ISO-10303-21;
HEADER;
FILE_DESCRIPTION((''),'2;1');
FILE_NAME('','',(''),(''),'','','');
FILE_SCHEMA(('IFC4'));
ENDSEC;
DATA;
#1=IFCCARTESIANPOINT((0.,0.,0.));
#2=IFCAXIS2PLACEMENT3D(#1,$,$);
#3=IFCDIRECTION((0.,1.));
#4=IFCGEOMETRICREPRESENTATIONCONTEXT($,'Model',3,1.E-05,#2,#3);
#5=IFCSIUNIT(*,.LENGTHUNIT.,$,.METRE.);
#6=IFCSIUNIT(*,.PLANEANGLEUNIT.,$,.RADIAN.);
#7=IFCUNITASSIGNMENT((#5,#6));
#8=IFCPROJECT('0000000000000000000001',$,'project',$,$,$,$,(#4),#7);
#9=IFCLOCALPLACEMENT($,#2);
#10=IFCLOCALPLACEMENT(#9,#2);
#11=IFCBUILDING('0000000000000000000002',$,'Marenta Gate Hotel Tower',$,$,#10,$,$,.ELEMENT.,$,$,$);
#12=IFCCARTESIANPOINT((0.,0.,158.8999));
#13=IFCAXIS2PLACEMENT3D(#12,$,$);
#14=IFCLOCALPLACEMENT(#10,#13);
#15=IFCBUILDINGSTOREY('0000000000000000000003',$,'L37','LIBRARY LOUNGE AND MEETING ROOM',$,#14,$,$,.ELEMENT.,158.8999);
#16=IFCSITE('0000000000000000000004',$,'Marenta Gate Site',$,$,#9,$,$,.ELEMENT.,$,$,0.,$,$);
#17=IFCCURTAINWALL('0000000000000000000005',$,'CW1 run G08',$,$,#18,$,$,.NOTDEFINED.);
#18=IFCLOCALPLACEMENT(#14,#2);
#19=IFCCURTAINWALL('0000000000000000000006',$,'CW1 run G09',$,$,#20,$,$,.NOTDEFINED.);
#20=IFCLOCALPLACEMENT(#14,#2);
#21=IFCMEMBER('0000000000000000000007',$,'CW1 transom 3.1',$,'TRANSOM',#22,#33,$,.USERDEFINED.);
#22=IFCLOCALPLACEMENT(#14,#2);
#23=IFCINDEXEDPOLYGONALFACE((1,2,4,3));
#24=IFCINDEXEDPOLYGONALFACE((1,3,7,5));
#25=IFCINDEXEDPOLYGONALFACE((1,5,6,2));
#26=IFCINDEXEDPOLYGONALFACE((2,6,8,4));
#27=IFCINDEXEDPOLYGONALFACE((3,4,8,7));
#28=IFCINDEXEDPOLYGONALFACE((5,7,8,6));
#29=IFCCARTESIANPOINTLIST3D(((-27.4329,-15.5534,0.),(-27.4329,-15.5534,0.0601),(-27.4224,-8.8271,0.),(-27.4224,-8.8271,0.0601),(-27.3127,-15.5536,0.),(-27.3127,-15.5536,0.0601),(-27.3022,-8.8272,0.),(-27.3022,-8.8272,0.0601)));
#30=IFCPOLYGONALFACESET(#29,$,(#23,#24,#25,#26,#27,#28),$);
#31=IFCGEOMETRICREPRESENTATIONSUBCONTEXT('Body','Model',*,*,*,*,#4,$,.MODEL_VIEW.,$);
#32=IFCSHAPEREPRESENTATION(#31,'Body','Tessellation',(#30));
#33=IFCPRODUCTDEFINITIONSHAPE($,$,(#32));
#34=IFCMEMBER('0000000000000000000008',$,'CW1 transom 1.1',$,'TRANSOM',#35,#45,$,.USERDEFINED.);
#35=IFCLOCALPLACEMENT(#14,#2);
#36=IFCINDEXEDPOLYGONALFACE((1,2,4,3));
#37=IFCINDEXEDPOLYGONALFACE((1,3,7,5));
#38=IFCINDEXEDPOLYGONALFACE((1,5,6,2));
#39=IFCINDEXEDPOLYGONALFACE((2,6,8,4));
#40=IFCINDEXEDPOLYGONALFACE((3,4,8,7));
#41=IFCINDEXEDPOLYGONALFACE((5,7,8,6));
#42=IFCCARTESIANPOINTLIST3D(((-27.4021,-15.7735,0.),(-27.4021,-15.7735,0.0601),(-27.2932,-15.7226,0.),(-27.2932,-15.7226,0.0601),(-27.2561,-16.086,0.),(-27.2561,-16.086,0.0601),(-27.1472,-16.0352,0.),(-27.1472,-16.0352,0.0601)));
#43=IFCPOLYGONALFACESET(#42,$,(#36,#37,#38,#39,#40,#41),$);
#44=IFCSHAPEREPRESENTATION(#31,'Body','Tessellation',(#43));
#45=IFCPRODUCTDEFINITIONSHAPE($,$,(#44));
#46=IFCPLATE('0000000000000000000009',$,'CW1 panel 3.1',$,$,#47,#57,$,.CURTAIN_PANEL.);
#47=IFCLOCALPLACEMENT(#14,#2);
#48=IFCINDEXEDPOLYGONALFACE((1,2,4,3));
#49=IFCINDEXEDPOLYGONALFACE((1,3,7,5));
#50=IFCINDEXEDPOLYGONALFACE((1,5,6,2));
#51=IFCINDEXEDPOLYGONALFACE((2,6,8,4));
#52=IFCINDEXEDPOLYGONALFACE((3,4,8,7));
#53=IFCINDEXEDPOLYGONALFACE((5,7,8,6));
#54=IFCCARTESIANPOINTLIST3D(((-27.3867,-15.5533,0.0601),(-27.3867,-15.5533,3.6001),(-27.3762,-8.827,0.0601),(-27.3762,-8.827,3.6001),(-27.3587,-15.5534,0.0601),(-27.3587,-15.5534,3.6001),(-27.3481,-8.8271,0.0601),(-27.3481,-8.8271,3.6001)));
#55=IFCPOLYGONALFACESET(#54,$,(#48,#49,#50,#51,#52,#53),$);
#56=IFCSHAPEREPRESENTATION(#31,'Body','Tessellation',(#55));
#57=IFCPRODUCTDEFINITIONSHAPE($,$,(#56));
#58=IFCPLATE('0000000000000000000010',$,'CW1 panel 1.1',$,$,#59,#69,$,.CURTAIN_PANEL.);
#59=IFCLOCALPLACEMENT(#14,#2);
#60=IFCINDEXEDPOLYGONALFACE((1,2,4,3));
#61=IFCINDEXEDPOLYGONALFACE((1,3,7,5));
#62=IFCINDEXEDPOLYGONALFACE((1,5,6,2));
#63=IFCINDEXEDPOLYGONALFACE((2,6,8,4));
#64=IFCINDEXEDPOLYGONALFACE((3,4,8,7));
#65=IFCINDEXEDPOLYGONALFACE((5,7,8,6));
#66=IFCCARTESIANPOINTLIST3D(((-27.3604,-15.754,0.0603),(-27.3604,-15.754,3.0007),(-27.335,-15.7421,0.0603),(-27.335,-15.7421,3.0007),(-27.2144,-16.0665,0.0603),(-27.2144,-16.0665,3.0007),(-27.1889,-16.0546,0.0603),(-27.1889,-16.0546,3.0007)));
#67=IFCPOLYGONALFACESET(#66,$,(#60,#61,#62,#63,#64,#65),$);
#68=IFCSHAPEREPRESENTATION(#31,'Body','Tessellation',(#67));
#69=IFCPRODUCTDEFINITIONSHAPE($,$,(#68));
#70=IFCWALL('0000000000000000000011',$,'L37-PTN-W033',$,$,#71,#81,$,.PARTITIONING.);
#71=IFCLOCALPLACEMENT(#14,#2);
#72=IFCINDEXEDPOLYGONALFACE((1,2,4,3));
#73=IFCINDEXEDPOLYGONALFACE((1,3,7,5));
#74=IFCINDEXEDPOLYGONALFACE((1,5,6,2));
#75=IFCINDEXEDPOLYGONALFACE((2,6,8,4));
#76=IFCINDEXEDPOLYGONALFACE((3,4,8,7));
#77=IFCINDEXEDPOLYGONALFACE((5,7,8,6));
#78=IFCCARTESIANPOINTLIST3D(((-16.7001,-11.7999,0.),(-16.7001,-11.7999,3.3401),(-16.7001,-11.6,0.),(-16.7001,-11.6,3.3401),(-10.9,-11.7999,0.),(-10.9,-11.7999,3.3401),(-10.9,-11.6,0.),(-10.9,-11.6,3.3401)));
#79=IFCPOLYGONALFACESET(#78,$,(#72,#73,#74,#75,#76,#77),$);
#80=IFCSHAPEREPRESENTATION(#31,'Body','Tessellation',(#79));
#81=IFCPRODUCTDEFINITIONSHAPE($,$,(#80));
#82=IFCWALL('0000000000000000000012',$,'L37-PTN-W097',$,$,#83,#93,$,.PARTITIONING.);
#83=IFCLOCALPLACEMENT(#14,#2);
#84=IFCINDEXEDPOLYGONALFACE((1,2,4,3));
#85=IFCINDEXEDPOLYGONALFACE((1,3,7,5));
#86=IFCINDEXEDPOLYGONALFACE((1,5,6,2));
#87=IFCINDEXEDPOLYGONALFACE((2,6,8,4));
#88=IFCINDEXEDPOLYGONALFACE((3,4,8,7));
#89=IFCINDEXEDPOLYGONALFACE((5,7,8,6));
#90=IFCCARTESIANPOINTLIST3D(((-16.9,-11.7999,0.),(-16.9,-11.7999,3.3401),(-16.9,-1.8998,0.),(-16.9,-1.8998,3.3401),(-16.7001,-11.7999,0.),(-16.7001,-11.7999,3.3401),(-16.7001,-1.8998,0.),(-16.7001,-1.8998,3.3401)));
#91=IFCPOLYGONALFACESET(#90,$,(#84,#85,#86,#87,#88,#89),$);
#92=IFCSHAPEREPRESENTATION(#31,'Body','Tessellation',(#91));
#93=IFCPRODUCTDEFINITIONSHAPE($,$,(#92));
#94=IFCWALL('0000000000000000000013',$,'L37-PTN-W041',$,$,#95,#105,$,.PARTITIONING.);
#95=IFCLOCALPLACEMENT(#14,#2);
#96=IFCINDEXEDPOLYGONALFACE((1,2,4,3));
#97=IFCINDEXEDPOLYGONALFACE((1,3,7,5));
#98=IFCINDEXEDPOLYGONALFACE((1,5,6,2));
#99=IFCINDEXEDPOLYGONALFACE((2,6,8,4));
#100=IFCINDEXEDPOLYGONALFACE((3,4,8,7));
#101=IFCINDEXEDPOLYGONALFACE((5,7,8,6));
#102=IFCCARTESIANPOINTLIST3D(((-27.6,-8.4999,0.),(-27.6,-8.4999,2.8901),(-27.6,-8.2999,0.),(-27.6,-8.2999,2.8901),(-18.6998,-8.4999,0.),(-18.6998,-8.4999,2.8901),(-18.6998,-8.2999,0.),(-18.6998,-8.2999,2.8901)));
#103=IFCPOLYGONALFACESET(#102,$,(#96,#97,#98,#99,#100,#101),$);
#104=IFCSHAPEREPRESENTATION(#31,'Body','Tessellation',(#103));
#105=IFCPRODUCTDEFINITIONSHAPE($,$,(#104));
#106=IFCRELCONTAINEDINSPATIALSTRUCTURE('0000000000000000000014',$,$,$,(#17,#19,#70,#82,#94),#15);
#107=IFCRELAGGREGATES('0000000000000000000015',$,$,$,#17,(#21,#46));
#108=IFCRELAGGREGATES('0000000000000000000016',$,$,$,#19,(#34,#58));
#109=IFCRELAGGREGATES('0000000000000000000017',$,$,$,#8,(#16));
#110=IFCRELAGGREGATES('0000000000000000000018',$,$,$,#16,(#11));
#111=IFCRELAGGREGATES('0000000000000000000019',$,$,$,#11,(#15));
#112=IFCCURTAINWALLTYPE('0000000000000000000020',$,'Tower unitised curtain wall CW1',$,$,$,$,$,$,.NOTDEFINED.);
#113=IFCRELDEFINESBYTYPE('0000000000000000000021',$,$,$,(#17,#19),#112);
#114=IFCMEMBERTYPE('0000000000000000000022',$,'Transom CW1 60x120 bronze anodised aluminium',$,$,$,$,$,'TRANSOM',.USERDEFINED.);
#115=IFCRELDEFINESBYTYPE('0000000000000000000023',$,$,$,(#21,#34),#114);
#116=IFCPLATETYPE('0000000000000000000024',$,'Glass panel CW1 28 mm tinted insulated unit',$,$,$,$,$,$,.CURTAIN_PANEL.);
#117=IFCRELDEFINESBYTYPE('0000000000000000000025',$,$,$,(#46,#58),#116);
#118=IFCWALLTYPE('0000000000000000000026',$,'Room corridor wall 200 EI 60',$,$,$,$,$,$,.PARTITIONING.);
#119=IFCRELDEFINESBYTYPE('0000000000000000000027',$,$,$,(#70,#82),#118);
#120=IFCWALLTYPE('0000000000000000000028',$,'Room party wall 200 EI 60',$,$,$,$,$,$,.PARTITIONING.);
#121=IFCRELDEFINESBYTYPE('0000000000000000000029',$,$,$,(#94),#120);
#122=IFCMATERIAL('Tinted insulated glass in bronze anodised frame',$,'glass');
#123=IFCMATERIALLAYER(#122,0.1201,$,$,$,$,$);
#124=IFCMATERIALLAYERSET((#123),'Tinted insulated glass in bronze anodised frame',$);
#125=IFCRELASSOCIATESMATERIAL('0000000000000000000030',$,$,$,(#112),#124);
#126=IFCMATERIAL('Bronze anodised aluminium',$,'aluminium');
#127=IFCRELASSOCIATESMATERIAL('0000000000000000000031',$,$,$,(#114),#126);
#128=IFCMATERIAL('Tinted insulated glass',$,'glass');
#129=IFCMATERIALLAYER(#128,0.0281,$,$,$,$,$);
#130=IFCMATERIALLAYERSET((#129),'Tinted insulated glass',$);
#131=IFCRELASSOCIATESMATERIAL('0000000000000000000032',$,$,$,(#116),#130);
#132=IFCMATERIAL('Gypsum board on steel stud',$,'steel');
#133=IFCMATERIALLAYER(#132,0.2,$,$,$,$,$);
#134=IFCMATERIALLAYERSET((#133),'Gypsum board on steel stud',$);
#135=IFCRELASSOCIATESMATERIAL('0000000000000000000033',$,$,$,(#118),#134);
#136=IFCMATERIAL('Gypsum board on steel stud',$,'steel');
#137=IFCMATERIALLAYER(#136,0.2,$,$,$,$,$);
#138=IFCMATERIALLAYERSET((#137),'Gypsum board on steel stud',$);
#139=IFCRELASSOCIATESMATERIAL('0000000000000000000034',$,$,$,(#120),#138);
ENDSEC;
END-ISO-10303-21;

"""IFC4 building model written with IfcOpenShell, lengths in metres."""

from ifc_helpers import new_model, si_unit, direction, frame, frame_2d, origin, origin_2d, place, context, subcontext, project, spatial, rectangle, extrude, material, layer, layer_set, material_profile, profile_set, type_object, element, aggregate, save


model = new_model("IFC4")

# Units and contexts
model_context = context("Model", 3, precision=1e-05, world=origin(), true_north=direction((0.0, 1.0)))
body_context = subcontext(model_context, "Body", "Model", "MODEL_VIEW")
ifc_project = project(units=[si_unit("LENGTHUNIT", "METRE"), si_unit("PLANEANGLEUNIT", "RADIAN")], contexts=[model_context])

# Site, building, storey
site_placement = place(None, origin())
site = spatial("IfcSite", under=ifc_project, at=site_placement, Name="Marenta Gate Site", CompositionType="ELEMENT", RefElevation=0.0)
building_placement = place(site_placement, origin())
building = spatial("IfcBuilding", under=site, at=building_placement, Name="Marenta Gate Hotel Tower", CompositionType="ELEMENT")
storey_placement = place(building_placement, frame((0.0, 0.0, 158.8999)))
storey = spatial("IfcBuildingStorey", under=building, at=storey_placement, Name="L37", Description="LIBRARY LOUNGE AND MEETING ROOM", CompositionType="ELEMENT", Elevation=158.8999)

# Curtain wall
ifc_material_1 = material(Name="Tinted insulated glass in bronze anodised frame", Category="glass")
ifc_layer_1 = layer(ifc_material_1, 0.1201)
ifc_layer_set_1 = layer_set([ifc_layer_1], Name="Tinted insulated glass in bronze anodised frame")
curtain_wall_type = type_object("IfcCurtainWallType", Name="Tower unitised curtain wall CW1", PredefinedType="NOTDEFINED", material=ifc_layer_set_1)
curtain_wall_1_placement = place(storey_placement, origin())
curtain_wall_1 = element("IfcCurtainWall", 1, at=curtain_wall_1_placement, inside=storey, type_object=curtain_wall_type, Name="CW1 run G08", PredefinedType="NOTDEFINED")

# Curtain wall
curtain_wall_2_placement = place(storey_placement, origin())
curtain_wall_2 = element("IfcCurtainWall", 2, at=curtain_wall_2_placement, inside=storey, type_object=curtain_wall_type, Name="CW1 run G09", PredefinedType="NOTDEFINED")

# Members
ifc_material_2 = material(Name="Bronze anodised aluminium", Category="aluminium")
ifc_material_profile_1 = material_profile(ifc_material_2, rectangle(XDim=0.1201, YDim=0.0601, at=origin_2d()), Name="Transom CW1 60x120 bronze anodised aluminium")
ifc_profile_set_1 = profile_set([ifc_material_profile_1], Name="Bronze anodised aluminium")
member_type_1 = type_object("IfcMemberType", Name="Transom CW1 60x120 bronze anodised aluminium", ElementType="TRANSOM", PredefinedType="USERDEFINED", material=ifc_profile_set_1)
member_1_placement = place(storey_placement, frame((-27.3623, -8.8271, 0.03), z_axis=(-0.001561, -0.999999, 0.0), x_axis=(0.999999, -0.001561, 0.0)))
member_1 = element("IfcMember", 3, at=member_1_placement, type_object=member_type_1, Name="CW1 transom 3.1", ObjectType="TRANSOM", PredefinedType="USERDEFINED", context=body_context, shape_type="SweptSolid", body=[
    extrude(rectangle(XDim=0.1201, YDim=0.0601, at=origin_2d()), origin(), (0.0, 0.0, 1.0), 6.7263),
])
member_2_placement = place(storey_placement, frame((-27.3477, -15.748, 0.03), z_axis=(0.423273, -0.906002, 0.0), x_axis=(0.906002, 0.423273, 0.0)))
member_2 = element("IfcMember", 4, at=member_2_placement, type_object=member_type_1, Name="CW1 transom 1.1", ObjectType="TRANSOM", PredefinedType="USERDEFINED", context=body_context, shape_type="SweptSolid", body=[
    extrude(rectangle(XDim=0.1201, YDim=0.0601, at=origin_2d()), origin(), (0.0, 0.0, 1.0), 0.345),
])

# Plates
ifc_material_3 = material(Name="Tinted insulated glass", Category="glass")
ifc_layer_2 = layer(ifc_material_3, 0.0281)
ifc_layer_set_2 = layer_set([ifc_layer_2], Name="Tinted insulated glass")
plate_type = type_object("IfcPlateType", Name="Glass panel CW1 28 mm tinted insulated unit", PredefinedType="CURTAIN_PANEL", material=ifc_layer_set_2)
plate_1_placement = place(storey_placement, frame((-27.3674, -12.1902, 0.0601), z_axis=(0.0, 0.0, 1.0), x_axis=(-0.001565, -0.999999, 0.0)))
plate_1 = element("IfcPlate", 5, at=plate_1_placement, type_object=plate_type, Name="CW1 panel 3.1", PredefinedType="CURTAIN_PANEL", context=body_context, shape_type="SweptSolid", body=[
    extrude(rectangle(XDim=6.7263, YDim=0.0281, at=origin_2d()), origin(), (0.0, 0.0, 1.0), 3.54),
])
aggregate(curtain_wall_1, [member_1, plate_1])
plate_2_placement = place(storey_placement, frame((-27.2747, -15.9043, 0.0603), z_axis=(0.0, 0.0, 1.0), x_axis=(0.423345, -0.905968, 0.0)))
plate_2 = element("IfcPlate", 6, at=plate_2_placement, type_object=plate_type, Name="CW1 panel 1.1", PredefinedType="CURTAIN_PANEL", context=body_context, shape_type="SweptSolid", body=[
    extrude(rectangle(XDim=0.345, YDim=0.0281, at=origin_2d()), origin(), (0.0, 0.0, 1.0), 2.9404),
])
aggregate(curtain_wall_2, [member_2, plate_2])

# Shared definitions
ifc_material_4 = material(Name="Gypsum board on steel stud", Category="steel")
ifc_layer_3 = layer(ifc_material_4, 0.2)
ifc_layer_set_3 = layer_set([ifc_layer_3], Name="Gypsum board on steel stud")
wall_type_1 = type_object("IfcWallType", Name="Room corridor wall 200 EI 60", PredefinedType="PARTITIONING", material=ifc_layer_set_3)

# Walls
wall_1_placement = place(storey_placement, frame((-16.7, -11.7, 0.0), z_axis=(0.0, 0.0, 1.0), x_axis=(1.0, 0.0, 0.0)))
element("IfcWall", 7, at=wall_1_placement, inside=storey, type_object=wall_type_1, Name="L37-PTN-W033", PredefinedType="PARTITIONING", context=body_context, shape_type="SweptSolid", body=[
    extrude(rectangle(XDim=5.8, YDim=0.2, at=frame_2d((2.8999, 0.0))), origin(), (0.0, 0.0, 1.0), 3.3401),
])
wall_2_placement = place(storey_placement, frame((-16.8, -11.8, 0.0), z_axis=(0.0, 0.0, 1.0), x_axis=(0.0, 1.0, 0.0)))
element("IfcWall", 8, at=wall_2_placement, inside=storey, type_object=wall_type_1, Name="L37-PTN-W097", PredefinedType="PARTITIONING", context=body_context, shape_type="SweptSolid", body=[
    extrude(rectangle(XDim=9.9001, YDim=0.2, at=frame_2d((4.9502, 0.0))), origin(), (0.0, 0.0, 1.0), 3.3401),
])
ifc_material_5 = material(Name="Gypsum board on steel stud", Category="steel")
ifc_layer_4 = layer(ifc_material_5, 0.2)
ifc_layer_set_4 = layer_set([ifc_layer_4], Name="Gypsum board on steel stud")
wall_type_2 = type_object("IfcWallType", Name="Room party wall 200 EI 60", PredefinedType="PARTITIONING", material=ifc_layer_set_4)
wall_3_placement = place(storey_placement, frame((-27.6001, -8.3999, 0.0), z_axis=(0.0, 0.0, 1.0), x_axis=(1.0, 0.0, 0.0)))
element("IfcWall", 9, at=wall_3_placement, inside=storey, type_object=wall_type_2, Name="L37-PTN-W041", PredefinedType="PARTITIONING", context=body_context, shape_type="SweptSolid", body=[
    extrude(rectangle(XDim=8.9001, YDim=0.2, at=frame_2d((4.4502, 0.0))), origin(), (0.0, 0.0, 1.0), 2.8901),
])

save(model, "model.ifc")
